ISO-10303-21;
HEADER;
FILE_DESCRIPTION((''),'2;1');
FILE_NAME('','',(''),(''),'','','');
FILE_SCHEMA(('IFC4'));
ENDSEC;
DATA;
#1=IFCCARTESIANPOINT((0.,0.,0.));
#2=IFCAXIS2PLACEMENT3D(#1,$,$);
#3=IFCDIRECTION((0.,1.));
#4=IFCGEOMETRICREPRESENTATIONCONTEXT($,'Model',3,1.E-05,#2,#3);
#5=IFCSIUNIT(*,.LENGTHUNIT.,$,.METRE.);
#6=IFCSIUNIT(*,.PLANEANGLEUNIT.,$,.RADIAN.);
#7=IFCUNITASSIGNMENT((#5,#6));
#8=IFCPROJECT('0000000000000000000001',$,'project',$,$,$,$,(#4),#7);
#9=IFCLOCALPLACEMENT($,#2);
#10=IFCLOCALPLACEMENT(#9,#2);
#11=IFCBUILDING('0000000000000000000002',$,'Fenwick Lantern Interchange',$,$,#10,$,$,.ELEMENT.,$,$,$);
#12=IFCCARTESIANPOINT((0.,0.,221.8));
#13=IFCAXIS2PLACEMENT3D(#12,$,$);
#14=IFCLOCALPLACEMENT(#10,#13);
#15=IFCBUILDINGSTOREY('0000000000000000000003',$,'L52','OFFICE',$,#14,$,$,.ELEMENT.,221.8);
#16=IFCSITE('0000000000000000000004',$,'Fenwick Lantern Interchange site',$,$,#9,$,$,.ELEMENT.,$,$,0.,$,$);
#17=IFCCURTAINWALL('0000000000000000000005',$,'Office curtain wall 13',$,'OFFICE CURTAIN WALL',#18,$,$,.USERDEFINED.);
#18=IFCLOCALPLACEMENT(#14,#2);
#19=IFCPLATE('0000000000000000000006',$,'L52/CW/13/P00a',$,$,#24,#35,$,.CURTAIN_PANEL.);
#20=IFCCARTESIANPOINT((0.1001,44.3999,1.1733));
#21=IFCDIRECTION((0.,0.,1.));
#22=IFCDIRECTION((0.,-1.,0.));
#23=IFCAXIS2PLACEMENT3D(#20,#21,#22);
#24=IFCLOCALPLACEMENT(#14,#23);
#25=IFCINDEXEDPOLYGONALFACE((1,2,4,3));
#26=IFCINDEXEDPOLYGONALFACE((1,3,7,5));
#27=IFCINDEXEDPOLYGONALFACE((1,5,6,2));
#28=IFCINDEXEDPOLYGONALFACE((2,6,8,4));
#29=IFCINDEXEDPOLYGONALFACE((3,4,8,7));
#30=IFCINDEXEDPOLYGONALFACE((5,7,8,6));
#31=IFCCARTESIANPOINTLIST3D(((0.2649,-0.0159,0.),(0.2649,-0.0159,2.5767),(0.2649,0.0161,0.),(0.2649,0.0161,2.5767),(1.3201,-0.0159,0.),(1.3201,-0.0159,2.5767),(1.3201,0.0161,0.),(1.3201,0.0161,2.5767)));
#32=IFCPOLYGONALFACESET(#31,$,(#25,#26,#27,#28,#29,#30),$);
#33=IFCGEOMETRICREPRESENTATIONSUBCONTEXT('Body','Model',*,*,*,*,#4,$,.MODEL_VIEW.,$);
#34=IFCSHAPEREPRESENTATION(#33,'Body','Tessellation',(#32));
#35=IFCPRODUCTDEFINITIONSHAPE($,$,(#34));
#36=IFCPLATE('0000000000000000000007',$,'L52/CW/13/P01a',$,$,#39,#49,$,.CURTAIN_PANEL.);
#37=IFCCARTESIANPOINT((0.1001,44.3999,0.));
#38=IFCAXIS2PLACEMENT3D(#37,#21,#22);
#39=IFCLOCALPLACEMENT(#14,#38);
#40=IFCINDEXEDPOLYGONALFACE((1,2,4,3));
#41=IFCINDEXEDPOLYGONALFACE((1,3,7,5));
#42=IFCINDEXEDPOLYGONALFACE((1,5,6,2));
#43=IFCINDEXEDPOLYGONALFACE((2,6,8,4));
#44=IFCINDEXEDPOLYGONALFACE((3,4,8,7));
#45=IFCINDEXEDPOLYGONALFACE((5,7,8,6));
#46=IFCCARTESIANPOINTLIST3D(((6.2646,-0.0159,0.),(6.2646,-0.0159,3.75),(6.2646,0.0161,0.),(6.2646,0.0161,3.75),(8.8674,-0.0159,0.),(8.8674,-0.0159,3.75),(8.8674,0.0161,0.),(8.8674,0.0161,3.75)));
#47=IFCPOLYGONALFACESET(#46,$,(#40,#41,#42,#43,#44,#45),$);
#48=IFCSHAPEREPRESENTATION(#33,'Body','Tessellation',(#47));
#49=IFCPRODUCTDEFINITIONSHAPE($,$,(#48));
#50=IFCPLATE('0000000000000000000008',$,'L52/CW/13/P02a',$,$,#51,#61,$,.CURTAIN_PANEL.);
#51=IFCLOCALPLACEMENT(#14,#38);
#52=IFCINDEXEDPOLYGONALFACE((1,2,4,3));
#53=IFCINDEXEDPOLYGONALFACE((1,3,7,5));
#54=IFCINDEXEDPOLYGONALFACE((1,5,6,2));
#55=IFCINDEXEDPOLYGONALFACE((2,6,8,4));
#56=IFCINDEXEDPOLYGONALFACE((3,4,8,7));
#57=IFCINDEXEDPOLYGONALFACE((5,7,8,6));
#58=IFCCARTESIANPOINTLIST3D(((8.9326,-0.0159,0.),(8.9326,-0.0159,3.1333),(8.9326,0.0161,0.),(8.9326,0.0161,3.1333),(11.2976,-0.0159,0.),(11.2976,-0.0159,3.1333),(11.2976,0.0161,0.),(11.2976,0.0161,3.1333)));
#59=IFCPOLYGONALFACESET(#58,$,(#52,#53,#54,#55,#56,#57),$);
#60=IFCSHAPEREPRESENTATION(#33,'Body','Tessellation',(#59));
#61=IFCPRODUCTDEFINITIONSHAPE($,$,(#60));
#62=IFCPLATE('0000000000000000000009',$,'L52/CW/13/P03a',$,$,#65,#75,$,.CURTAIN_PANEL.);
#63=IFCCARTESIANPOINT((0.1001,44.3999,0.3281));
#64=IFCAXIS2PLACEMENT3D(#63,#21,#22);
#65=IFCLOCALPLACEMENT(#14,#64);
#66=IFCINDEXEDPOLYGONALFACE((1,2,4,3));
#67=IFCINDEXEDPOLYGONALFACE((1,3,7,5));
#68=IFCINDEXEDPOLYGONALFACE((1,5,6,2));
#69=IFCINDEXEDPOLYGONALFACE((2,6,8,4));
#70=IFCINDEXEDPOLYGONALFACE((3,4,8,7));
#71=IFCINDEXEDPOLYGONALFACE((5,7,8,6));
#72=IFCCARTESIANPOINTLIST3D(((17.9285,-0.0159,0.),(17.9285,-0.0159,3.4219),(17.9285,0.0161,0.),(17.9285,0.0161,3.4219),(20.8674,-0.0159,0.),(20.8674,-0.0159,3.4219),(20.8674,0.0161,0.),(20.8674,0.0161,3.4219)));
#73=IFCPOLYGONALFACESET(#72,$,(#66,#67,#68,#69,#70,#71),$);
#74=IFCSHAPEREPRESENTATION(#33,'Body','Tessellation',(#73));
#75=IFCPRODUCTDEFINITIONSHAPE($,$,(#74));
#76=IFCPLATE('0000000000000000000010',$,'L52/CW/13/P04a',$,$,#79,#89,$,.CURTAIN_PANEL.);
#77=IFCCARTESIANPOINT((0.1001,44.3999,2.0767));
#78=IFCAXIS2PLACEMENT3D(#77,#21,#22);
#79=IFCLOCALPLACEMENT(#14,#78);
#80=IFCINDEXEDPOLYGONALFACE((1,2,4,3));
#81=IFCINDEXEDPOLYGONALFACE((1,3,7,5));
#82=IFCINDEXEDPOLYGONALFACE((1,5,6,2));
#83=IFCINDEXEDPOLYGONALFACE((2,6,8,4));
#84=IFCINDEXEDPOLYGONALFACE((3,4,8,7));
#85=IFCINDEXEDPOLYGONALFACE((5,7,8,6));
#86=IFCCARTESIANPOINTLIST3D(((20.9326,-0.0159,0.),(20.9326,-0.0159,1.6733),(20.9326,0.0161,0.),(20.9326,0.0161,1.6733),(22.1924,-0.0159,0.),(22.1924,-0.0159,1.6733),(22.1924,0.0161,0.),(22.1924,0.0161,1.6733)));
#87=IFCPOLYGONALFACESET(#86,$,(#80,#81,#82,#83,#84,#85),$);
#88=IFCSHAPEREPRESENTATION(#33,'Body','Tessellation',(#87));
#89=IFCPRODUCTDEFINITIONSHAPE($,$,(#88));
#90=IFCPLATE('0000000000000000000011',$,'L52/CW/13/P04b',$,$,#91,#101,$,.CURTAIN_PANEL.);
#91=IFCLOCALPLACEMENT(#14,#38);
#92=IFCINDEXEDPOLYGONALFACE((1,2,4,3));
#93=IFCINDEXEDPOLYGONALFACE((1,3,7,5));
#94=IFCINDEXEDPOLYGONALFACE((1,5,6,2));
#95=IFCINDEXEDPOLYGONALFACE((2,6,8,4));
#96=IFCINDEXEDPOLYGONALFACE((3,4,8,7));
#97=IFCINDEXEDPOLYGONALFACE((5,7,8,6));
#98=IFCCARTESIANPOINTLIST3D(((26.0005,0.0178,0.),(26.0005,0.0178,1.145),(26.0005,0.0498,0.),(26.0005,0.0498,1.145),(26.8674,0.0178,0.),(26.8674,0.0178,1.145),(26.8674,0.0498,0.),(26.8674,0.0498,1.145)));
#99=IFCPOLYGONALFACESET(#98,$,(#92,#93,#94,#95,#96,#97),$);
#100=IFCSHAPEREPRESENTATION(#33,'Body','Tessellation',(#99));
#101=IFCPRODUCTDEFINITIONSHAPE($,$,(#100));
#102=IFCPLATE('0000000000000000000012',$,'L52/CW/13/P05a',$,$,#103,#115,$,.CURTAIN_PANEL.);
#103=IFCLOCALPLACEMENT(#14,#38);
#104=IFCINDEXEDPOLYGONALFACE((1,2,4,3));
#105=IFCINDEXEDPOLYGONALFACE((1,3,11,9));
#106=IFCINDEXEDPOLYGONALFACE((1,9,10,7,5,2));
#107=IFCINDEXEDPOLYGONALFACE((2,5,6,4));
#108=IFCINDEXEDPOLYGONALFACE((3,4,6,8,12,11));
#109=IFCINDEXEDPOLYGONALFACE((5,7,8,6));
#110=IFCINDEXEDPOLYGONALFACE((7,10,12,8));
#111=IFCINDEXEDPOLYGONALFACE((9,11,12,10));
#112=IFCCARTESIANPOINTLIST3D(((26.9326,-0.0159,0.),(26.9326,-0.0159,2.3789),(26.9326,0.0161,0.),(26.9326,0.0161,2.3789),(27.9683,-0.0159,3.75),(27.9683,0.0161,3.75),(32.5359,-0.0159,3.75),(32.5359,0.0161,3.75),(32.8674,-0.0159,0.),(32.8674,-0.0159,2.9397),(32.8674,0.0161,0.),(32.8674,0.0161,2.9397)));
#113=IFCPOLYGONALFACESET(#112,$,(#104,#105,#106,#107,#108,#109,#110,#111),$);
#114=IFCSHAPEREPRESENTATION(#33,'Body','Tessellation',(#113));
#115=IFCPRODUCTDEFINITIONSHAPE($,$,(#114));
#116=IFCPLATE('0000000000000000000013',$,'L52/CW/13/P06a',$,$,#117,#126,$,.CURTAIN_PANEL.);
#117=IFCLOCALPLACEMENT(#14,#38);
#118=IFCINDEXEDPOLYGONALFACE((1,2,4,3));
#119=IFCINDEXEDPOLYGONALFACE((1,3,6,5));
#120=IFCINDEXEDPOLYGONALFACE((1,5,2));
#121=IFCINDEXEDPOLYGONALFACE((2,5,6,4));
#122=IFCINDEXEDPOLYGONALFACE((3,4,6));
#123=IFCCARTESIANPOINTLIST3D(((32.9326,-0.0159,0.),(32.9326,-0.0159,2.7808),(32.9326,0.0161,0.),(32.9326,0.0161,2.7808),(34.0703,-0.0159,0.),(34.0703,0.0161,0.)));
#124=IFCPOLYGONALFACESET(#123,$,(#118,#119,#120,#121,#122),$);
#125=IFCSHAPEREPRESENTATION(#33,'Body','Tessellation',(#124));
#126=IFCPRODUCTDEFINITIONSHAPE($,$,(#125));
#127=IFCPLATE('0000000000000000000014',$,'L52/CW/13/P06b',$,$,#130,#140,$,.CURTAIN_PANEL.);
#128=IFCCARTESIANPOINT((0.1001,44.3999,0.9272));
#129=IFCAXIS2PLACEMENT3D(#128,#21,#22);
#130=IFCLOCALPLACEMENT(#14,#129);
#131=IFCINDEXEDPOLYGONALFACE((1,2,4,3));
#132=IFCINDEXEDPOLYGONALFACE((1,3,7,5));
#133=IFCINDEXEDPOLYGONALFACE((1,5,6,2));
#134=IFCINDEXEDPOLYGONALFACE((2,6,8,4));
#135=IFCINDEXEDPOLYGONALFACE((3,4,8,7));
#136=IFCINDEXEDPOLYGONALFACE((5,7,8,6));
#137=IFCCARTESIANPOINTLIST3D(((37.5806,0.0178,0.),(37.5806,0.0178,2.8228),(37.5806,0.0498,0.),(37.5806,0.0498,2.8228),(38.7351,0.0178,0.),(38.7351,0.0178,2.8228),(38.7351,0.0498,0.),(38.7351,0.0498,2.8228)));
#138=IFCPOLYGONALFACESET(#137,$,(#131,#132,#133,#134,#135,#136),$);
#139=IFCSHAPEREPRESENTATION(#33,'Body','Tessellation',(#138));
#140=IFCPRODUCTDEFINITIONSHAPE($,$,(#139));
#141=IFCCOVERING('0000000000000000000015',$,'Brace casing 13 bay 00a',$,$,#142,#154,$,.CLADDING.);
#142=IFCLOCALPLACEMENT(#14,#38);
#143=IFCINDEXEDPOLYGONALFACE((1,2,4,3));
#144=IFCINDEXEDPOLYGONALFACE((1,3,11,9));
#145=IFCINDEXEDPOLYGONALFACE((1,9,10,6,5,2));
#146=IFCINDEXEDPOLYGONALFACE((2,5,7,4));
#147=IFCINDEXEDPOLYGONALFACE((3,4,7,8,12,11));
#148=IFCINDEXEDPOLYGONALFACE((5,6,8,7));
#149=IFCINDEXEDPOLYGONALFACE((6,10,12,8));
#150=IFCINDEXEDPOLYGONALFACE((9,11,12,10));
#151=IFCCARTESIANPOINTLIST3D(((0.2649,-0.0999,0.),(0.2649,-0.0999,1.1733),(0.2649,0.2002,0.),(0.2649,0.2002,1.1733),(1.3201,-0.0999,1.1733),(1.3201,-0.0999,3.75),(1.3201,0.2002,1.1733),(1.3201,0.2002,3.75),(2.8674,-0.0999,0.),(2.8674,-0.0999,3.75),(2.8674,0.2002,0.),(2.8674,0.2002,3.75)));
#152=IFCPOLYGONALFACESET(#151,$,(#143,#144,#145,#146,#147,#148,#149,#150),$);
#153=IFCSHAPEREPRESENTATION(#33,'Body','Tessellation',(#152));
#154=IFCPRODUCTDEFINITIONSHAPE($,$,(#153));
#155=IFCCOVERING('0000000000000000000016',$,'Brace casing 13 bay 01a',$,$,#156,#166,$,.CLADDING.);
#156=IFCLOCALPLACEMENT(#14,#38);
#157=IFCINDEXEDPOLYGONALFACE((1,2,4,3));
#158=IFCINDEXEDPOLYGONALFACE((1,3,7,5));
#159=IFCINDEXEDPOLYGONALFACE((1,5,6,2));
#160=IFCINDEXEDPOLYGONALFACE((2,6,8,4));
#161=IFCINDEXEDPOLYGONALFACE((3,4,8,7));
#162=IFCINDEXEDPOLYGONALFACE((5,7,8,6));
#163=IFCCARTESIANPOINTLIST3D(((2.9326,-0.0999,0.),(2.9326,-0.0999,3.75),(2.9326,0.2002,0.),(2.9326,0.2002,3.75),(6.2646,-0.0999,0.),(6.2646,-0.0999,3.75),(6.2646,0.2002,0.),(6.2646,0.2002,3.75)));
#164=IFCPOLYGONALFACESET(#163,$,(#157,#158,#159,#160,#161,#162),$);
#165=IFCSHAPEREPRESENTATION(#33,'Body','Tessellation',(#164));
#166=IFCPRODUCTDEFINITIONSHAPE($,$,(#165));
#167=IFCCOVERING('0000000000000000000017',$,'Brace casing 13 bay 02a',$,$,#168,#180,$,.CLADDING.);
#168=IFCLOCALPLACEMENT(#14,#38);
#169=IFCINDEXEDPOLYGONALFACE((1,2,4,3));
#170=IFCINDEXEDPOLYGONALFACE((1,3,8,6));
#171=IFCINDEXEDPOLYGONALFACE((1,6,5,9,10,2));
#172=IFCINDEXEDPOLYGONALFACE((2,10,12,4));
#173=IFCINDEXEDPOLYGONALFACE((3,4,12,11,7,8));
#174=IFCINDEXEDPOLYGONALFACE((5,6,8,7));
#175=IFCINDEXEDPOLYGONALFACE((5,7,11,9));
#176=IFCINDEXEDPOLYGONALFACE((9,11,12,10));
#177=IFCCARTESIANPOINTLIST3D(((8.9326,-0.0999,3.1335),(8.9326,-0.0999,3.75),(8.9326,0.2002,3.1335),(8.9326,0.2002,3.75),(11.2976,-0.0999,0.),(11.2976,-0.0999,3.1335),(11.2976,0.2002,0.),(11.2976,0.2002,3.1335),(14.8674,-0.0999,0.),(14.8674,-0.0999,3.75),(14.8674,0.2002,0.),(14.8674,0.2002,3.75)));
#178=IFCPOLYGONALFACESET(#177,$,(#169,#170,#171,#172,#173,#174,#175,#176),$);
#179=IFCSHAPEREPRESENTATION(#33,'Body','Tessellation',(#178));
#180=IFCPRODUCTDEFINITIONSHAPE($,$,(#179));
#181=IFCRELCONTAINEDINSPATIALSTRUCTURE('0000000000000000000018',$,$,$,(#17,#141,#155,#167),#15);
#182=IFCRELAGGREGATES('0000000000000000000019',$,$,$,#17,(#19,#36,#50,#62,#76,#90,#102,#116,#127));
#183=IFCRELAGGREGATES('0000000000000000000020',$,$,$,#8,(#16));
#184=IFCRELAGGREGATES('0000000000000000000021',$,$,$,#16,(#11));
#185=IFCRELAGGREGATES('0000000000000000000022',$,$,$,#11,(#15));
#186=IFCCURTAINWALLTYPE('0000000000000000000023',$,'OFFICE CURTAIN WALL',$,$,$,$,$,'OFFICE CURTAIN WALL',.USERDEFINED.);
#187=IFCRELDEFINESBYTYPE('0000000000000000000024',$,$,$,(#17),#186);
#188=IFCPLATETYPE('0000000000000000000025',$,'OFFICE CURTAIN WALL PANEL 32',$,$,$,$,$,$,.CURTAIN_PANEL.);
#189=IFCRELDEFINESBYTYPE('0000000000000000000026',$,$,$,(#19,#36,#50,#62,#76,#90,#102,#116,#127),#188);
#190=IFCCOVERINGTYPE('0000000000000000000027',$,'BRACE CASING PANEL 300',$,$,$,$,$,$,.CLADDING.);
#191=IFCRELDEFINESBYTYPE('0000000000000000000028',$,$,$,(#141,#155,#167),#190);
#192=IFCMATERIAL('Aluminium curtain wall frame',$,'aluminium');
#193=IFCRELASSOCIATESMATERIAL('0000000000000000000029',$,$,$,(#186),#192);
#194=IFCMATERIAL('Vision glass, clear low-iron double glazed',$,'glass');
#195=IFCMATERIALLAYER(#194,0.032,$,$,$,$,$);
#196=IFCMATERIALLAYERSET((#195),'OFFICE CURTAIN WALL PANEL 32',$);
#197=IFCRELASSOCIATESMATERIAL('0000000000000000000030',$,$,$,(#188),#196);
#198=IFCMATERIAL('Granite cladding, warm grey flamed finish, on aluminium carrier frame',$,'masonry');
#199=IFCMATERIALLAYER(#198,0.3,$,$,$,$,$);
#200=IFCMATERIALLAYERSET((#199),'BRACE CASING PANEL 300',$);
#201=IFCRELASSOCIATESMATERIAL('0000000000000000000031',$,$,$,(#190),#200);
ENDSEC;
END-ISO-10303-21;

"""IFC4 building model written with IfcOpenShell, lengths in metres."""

from ifc_helpers import new_model, si_unit, direction, frame, origin, place, context, subcontext, project, spatial, polyline, outline, extrude, material, layer, layer_set, type_object, element, aggregate, save


model = new_model("IFC4")

# Units and contexts
model_context = context("Model", 3, precision=1e-05, world=origin(), true_north=direction((0.0, 1.0)))
body_context = subcontext(model_context, "Body", "Model", "MODEL_VIEW")
ifc_project = project(units=[si_unit("LENGTHUNIT", "METRE"), si_unit("PLANEANGLEUNIT", "RADIAN")], contexts=[model_context])

# Site, building, storey
site_placement = place(None, origin())
site = spatial("IfcSite", under=ifc_project, at=site_placement, Name="Fenwick Lantern Interchange site", CompositionType="ELEMENT", RefElevation=0.0)
building_placement = place(site_placement, origin())
building = spatial("IfcBuilding", under=site, at=building_placement, Name="Fenwick Lantern Interchange", CompositionType="ELEMENT")
storey_placement = place(building_placement, frame((0.0, 0.0, 221.8)))
storey = spatial("IfcBuildingStorey", under=building, at=storey_placement, Name="L52", Description="OFFICE", CompositionType="ELEMENT", Elevation=221.8)

# Curtain wall
ifc_material_1 = material(Name="Aluminium curtain wall frame", Category="aluminium")
curtain_wall_type = type_object("IfcCurtainWallType", Name="OFFICE CURTAIN WALL", ElementType="OFFICE CURTAIN WALL", PredefinedType="USERDEFINED", material=ifc_material_1)
curtain_wall_1_placement = place(storey_placement, origin())
curtain_wall_1 = element("IfcCurtainWall", 1, at=curtain_wall_1_placement, inside=storey, type_object=curtain_wall_type, Name="Office curtain wall 13", ObjectType="OFFICE CURTAIN WALL", PredefinedType="USERDEFINED")

# Plates
ifc_material_2 = material(Name="Vision glass, clear low-iron double glazed", Category="glass")
ifc_layer_1 = layer(ifc_material_2, 0.032)
ifc_layer_set_1 = layer_set([ifc_layer_1], Name="OFFICE CURTAIN WALL PANEL 32")
plate_type = type_object("IfcPlateType", Name="OFFICE CURTAIN WALL PANEL 32", PredefinedType="CURTAIN_PANEL", material=ifc_layer_set_1)
plate_1_placement = place(storey_placement, frame((0.1001, 44.3999, 1.1733), z_axis=(0.0, 0.0, 1.0), x_axis=(0.0, -1.0, 0.0)))
plate_1 = element("IfcPlate", 2, at=plate_1_placement, type_object=plate_type, Name="L52/CW/13/P00a", PredefinedType="CURTAIN_PANEL", context=body_context, shape_type="SweptSolid", body=[
    extrude(outline(polyline([(0.2649, 0.0), (1.3201, 0.0), (1.3201, 2.5767), (0.2649, 2.5767), (0.2649, 0.0)])), frame((0.0, 0.0161, 0.0), z_axis=(0.0, -1.0, 0.0), x_axis=(1.0, 0.0, 0.0)), (0.0, 0.0, 1.0), 0.032),
])
plate_2_placement = place(storey_placement, frame((0.1001, 44.3999, 0.0), z_axis=(0.0, 0.0, 1.0), x_axis=(0.0, -1.0, 0.0)))
plate_2 = element("IfcPlate", 3, at=plate_2_placement, type_object=plate_type, Name="L52/CW/13/P01a", PredefinedType="CURTAIN_PANEL", context=body_context, shape_type="SweptSolid", body=[
    extrude(outline(polyline([(6.2646, 0.0), (8.8674, 0.0), (8.8674, 3.75), (6.2646, 3.75), (6.2646, 0.0)])), frame((0.0, 0.0161, 0.0), z_axis=(0.0, -1.0, 0.0), x_axis=(1.0, 0.0, 0.0)), (0.0, 0.0, 1.0), 0.032),
])
plate_3_placement = place(storey_placement, frame((0.1001, 44.3999, 0.0), z_axis=(0.0, 0.0, 1.0), x_axis=(0.0, -1.0, 0.0)))
plate_3 = element("IfcPlate", 4, at=plate_3_placement, type_object=plate_type, Name="L52/CW/13/P02a", PredefinedType="CURTAIN_PANEL", context=body_context, shape_type="SweptSolid", body=[
    extrude(outline(polyline([(8.9326, 0.0), (11.2976, 0.0), (11.2976, 3.1333), (8.9326, 3.1333), (8.9326, 0.0)])), frame((0.0, 0.0161, 0.0), z_axis=(0.0, -1.0, 0.0), x_axis=(1.0, 0.0, 0.0)), (0.0, 0.0, 1.0), 0.032),
])
plate_4_placement = place(storey_placement, frame((0.1001, 44.3999, 0.3281), z_axis=(0.0, 0.0, 1.0), x_axis=(0.0, -1.0, 0.0)))
plate_4 = element("IfcPlate", 5, at=plate_4_placement, type_object=plate_type, Name="L52/CW/13/P03a", PredefinedType="CURTAIN_PANEL", context=body_context, shape_type="SweptSolid", body=[
    extrude(outline(polyline([(17.9285, 0.0), (20.8674, 0.0), (20.8674, 3.4219), (17.9285, 3.4219), (17.9285, 0.0)])), frame((0.0, 0.0161, 0.0), z_axis=(0.0, -1.0, 0.0), x_axis=(1.0, 0.0, 0.0)), (0.0, 0.0, 1.0), 0.032),
])
plate_5_placement = place(storey_placement, frame((0.1001, 44.3999, 2.0767), z_axis=(0.0, 0.0, 1.0), x_axis=(0.0, -1.0, 0.0)))
plate_5 = element("IfcPlate", 6, at=plate_5_placement, type_object=plate_type, Name="L52/CW/13/P04a", PredefinedType="CURTAIN_PANEL", context=body_context, shape_type="SweptSolid", body=[
    extrude(outline(polyline([(20.9326, 0.0), (22.1924, 0.0), (22.1924, 1.6733), (20.9326, 1.6733), (20.9326, 0.0)])), frame((0.0, 0.0161, 0.0), z_axis=(0.0, -1.0, 0.0), x_axis=(1.0, 0.0, 0.0)), (0.0, 0.0, 1.0), 0.032),
])
plate_6_placement = place(storey_placement, frame((0.1001, 44.3999, 0.0), z_axis=(0.0, 0.0, 1.0), x_axis=(0.0, -1.0, 0.0)))
plate_6 = element("IfcPlate", 7, at=plate_6_placement, type_object=plate_type, Name="L52/CW/13/P04b", PredefinedType="CURTAIN_PANEL", context=body_context, shape_type="SweptSolid", body=[
    extrude(outline(polyline([(26.0005, 0.0), (26.8674, 0.0), (26.8674, 1.145), (26.0005, 1.145), (26.0005, 0.0)])), frame((0.0, 0.0498, 0.0), z_axis=(0.0, -1.0, 0.0), x_axis=(1.0, 0.0, 0.0)), (0.0, 0.0, 1.0), 0.032),
])
plate_7_placement = place(storey_placement, frame((0.1001, 44.3999, 0.0), z_axis=(0.0, 0.0, 1.0), x_axis=(0.0, -1.0, 0.0)))
plate_7 = element("IfcPlate", 8, at=plate_7_placement, type_object=plate_type, Name="L52/CW/13/P05a", PredefinedType="CURTAIN_PANEL", context=body_context, shape_type="SweptSolid", body=[
    extrude(outline(polyline([(26.9326, 0.0), (32.8674, 0.0), (32.8674, 2.9397), (32.5359, 3.75), (27.9683, 3.75), (26.9326, 2.3789), (26.9326, 0.0)])), frame((0.0, 0.0161, 0.0), z_axis=(0.0, -1.0, 0.0), x_axis=(1.0, 0.0, 0.0)), (0.0, 0.0, 1.0), 0.032),
])
plate_8_placement = place(storey_placement, frame((0.1001, 44.3999, 0.0), z_axis=(0.0, 0.0, 1.0), x_axis=(0.0, -1.0, 0.0)))
plate_8 = element("IfcPlate", 9, at=plate_8_placement, type_object=plate_type, Name="L52/CW/13/P06a", PredefinedType="CURTAIN_PANEL", context=body_context, shape_type="SweptSolid", body=[
    extrude(outline(polyline([(32.9326, 0.0), (34.0703, 0.0), (32.9326, 2.7808), (32.9326, 0.0)])), frame((0.0, 0.0161, 0.0), z_axis=(0.0, -1.0, 0.0), x_axis=(1.0, 0.0, 0.0)), (0.0, 0.0, 1.0), 0.032),
])
plate_9_placement = place(storey_placement, frame((0.1001, 44.3999, 0.9272), z_axis=(0.0, 0.0, 1.0), x_axis=(0.0, -1.0, 0.0)))
plate_9 = element("IfcPlate", 10, at=plate_9_placement, type_object=plate_type, Name="L52/CW/13/P06b", PredefinedType="CURTAIN_PANEL", context=body_context, shape_type="SweptSolid", body=[
    extrude(outline(polyline([(37.5806, 0.0), (38.7351, 0.0), (38.7351, 2.8228), (37.5806, 2.8228), (37.5806, 0.0)])), frame((0.0, 0.0498, 0.0), z_axis=(0.0, -1.0, 0.0), x_axis=(1.0, 0.0, 0.0)), (0.0, 0.0, 1.0), 0.032),
])
aggregate(curtain_wall_1, [plate_1, plate_2, plate_3, plate_4, plate_5, plate_6, plate_7, plate_8, plate_9])

# Coverings
ifc_material_3 = material(Name="Granite cladding, warm grey flamed finish, on aluminium carrier frame", Category="masonry")
ifc_layer_2 = layer(ifc_material_3, 0.3)
ifc_layer_set_2 = layer_set([ifc_layer_2], Name="BRACE CASING PANEL 300")
covering_type = type_object("IfcCoveringType", Name="BRACE CASING PANEL 300", PredefinedType="CLADDING", material=ifc_layer_set_2)
covering_1_placement = place(storey_placement, frame((0.1001, 44.3999, 0.0), z_axis=(0.0, 0.0, 1.0), x_axis=(0.0, -1.0, 0.0)))
element("IfcCovering", 11, at=covering_1_placement, inside=storey, type_object=covering_type, Name="Brace casing 13 bay 00a", PredefinedType="CLADDING", context=body_context, shape_type="SweptSolid", body=[
    extrude(outline(polyline([(0.2649, 0.0), (2.8674, 0.0), (2.8674, 3.75), (1.3201, 3.75), (1.3201, 1.1733), (0.2649, 1.1733), (0.2649, 0.0)])), frame((0.0, 0.2002, 0.0), z_axis=(0.0, -1.0, 0.0), x_axis=(1.0, 0.0, 0.0)), (0.0, 0.0, 1.0), 0.3),
])
covering_2_placement = place(storey_placement, frame((0.1001, 44.3999, 0.0), z_axis=(0.0, 0.0, 1.0), x_axis=(0.0, -1.0, 0.0)))
element("IfcCovering", 12, at=covering_2_placement, inside=storey, type_object=covering_type, Name="Brace casing 13 bay 01a", PredefinedType="CLADDING", context=body_context, shape_type="SweptSolid", body=[
    extrude(outline(polyline([(2.9326, 0.0), (6.2646, 0.0), (6.2646, 3.75), (2.9326, 3.75), (2.9326, 0.0)])), frame((0.0, 0.2002, 0.0), z_axis=(0.0, -1.0, 0.0), x_axis=(1.0, 0.0, 0.0)), (0.0, 0.0, 1.0), 0.3),
])
covering_3_placement = place(storey_placement, frame((0.1001, 44.3999, 0.0), z_axis=(0.0, 0.0, 1.0), x_axis=(0.0, -1.0, 0.0)))
element("IfcCovering", 13, at=covering_3_placement, inside=storey, type_object=covering_type, Name="Brace casing 13 bay 02a", PredefinedType="CLADDING", context=body_context, shape_type="SweptSolid", body=[
    extrude(outline(polyline([(11.2976, 0.0), (14.8674, 0.0), (14.8674, 3.75), (8.9326, 3.75), (8.9326, 3.1335), (11.2976, 3.1335), (11.2976, 0.0)])), frame((0.0, 0.2002, 0.0), z_axis=(0.0, -1.0, 0.0), x_axis=(1.0, 0.0, 0.0)), (0.0, 0.0, 1.0), 0.3),
])

save(model, "model.ifc")
